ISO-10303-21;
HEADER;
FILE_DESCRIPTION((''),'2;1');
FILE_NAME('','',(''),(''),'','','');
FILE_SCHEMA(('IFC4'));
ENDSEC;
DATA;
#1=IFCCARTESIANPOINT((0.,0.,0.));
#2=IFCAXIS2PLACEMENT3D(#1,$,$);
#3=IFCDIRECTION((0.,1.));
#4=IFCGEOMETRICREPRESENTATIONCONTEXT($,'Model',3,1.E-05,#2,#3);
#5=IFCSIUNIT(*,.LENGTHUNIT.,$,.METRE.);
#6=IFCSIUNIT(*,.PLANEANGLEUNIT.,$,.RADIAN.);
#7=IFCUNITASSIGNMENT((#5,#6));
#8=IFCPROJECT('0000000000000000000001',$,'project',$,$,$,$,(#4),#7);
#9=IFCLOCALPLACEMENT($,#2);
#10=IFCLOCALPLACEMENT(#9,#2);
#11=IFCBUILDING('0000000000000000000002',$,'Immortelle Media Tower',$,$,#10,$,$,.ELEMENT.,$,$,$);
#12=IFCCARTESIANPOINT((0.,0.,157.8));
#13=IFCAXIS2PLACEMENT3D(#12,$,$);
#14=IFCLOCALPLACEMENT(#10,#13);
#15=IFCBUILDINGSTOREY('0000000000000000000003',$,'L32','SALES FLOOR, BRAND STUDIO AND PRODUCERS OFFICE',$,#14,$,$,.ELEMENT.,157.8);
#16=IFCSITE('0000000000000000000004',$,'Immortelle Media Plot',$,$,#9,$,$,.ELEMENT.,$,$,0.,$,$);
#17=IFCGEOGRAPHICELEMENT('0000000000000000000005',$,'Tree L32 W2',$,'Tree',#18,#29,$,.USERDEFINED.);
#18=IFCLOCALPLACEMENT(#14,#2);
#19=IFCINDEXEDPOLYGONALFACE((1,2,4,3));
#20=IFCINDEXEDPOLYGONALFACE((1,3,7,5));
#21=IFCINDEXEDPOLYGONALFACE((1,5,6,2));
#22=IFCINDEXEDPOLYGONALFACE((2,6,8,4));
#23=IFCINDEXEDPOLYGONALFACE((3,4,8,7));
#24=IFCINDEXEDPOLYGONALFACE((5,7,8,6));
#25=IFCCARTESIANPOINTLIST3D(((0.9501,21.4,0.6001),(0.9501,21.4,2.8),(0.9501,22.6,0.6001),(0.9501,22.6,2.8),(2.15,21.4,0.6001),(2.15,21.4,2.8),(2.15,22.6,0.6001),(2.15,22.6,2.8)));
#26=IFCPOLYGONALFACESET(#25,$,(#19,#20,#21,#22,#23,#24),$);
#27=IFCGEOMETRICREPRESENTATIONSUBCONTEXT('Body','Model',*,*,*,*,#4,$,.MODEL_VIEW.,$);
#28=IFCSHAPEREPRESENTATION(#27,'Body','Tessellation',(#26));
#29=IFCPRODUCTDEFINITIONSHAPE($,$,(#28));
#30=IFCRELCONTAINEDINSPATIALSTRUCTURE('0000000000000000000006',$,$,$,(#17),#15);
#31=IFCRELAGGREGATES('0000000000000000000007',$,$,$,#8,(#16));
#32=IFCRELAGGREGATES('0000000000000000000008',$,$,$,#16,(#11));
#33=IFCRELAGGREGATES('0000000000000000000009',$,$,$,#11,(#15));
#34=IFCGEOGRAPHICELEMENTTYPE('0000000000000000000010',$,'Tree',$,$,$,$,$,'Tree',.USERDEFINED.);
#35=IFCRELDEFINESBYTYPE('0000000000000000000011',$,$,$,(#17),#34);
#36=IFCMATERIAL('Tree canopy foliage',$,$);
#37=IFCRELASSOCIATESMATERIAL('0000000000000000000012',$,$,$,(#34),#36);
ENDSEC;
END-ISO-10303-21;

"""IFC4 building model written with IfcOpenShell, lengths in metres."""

from ifc_helpers import new_model, si_unit, direction, frame, origin, origin_2d, place, context, subcontext, project, spatial, rectangle, extrude, material, type_object, element, save


model = new_model("IFC4")

# Units and contexts
model_context = context("Model", 3, precision=1e-05, world=origin(), true_north=direction((0.0, 1.0)))
body_context = subcontext(model_context, "Body", "Model", "MODEL_VIEW")
ifc_project = project(units=[si_unit("LENGTHUNIT", "METRE"), si_unit("PLANEANGLEUNIT", "RADIAN")], contexts=[model_context])

# Site, building, storey
site_placement = place(None, origin())
site = spatial("IfcSite", under=ifc_project, at=site_placement, Name="Immortelle Media Plot", CompositionType="ELEMENT", RefElevation=0.0)
building_placement = place(site_placement, origin())
building = spatial("IfcBuilding", under=site, at=building_placement, Name="Immortelle Media Tower", CompositionType="ELEMENT")
storey_placement = place(building_placement, frame((0.0, 0.0, 157.8)))
storey = spatial("IfcBuildingStorey", under=building, at=storey_placement, Name="L32", Description="SALES FLOOR, BRAND STUDIO AND PRODUCERS OFFICE", CompositionType="ELEMENT", Elevation=157.8)

# Geographic element
ifc_material_1 = material(Name="Tree canopy foliage")
geographic_element_type = type_object("IfcGeographicElementType", Name="Tree", ElementType="Tree", PredefinedType="USERDEFINED", material=ifc_material_1)
geographic_element_placement = place(storey_placement, frame((1.55, 22.0, 0.6001), z_axis=(0.0, 0.0, 1.0), x_axis=(1.0, 0.0, 0.0)))
element("IfcGeographicElement", 1, at=geographic_element_placement, inside=storey, type_object=geographic_element_type, Name="Tree L32 W2", ObjectType="Tree", PredefinedType="USERDEFINED", context=body_context, shape_type="SweptSolid", body=[
    extrude(rectangle(XDim=1.2, YDim=1.2, at=origin_2d()), origin(), (0.0, 0.0, 1.0), 2.2),
])

save(model, "model.ifc")
